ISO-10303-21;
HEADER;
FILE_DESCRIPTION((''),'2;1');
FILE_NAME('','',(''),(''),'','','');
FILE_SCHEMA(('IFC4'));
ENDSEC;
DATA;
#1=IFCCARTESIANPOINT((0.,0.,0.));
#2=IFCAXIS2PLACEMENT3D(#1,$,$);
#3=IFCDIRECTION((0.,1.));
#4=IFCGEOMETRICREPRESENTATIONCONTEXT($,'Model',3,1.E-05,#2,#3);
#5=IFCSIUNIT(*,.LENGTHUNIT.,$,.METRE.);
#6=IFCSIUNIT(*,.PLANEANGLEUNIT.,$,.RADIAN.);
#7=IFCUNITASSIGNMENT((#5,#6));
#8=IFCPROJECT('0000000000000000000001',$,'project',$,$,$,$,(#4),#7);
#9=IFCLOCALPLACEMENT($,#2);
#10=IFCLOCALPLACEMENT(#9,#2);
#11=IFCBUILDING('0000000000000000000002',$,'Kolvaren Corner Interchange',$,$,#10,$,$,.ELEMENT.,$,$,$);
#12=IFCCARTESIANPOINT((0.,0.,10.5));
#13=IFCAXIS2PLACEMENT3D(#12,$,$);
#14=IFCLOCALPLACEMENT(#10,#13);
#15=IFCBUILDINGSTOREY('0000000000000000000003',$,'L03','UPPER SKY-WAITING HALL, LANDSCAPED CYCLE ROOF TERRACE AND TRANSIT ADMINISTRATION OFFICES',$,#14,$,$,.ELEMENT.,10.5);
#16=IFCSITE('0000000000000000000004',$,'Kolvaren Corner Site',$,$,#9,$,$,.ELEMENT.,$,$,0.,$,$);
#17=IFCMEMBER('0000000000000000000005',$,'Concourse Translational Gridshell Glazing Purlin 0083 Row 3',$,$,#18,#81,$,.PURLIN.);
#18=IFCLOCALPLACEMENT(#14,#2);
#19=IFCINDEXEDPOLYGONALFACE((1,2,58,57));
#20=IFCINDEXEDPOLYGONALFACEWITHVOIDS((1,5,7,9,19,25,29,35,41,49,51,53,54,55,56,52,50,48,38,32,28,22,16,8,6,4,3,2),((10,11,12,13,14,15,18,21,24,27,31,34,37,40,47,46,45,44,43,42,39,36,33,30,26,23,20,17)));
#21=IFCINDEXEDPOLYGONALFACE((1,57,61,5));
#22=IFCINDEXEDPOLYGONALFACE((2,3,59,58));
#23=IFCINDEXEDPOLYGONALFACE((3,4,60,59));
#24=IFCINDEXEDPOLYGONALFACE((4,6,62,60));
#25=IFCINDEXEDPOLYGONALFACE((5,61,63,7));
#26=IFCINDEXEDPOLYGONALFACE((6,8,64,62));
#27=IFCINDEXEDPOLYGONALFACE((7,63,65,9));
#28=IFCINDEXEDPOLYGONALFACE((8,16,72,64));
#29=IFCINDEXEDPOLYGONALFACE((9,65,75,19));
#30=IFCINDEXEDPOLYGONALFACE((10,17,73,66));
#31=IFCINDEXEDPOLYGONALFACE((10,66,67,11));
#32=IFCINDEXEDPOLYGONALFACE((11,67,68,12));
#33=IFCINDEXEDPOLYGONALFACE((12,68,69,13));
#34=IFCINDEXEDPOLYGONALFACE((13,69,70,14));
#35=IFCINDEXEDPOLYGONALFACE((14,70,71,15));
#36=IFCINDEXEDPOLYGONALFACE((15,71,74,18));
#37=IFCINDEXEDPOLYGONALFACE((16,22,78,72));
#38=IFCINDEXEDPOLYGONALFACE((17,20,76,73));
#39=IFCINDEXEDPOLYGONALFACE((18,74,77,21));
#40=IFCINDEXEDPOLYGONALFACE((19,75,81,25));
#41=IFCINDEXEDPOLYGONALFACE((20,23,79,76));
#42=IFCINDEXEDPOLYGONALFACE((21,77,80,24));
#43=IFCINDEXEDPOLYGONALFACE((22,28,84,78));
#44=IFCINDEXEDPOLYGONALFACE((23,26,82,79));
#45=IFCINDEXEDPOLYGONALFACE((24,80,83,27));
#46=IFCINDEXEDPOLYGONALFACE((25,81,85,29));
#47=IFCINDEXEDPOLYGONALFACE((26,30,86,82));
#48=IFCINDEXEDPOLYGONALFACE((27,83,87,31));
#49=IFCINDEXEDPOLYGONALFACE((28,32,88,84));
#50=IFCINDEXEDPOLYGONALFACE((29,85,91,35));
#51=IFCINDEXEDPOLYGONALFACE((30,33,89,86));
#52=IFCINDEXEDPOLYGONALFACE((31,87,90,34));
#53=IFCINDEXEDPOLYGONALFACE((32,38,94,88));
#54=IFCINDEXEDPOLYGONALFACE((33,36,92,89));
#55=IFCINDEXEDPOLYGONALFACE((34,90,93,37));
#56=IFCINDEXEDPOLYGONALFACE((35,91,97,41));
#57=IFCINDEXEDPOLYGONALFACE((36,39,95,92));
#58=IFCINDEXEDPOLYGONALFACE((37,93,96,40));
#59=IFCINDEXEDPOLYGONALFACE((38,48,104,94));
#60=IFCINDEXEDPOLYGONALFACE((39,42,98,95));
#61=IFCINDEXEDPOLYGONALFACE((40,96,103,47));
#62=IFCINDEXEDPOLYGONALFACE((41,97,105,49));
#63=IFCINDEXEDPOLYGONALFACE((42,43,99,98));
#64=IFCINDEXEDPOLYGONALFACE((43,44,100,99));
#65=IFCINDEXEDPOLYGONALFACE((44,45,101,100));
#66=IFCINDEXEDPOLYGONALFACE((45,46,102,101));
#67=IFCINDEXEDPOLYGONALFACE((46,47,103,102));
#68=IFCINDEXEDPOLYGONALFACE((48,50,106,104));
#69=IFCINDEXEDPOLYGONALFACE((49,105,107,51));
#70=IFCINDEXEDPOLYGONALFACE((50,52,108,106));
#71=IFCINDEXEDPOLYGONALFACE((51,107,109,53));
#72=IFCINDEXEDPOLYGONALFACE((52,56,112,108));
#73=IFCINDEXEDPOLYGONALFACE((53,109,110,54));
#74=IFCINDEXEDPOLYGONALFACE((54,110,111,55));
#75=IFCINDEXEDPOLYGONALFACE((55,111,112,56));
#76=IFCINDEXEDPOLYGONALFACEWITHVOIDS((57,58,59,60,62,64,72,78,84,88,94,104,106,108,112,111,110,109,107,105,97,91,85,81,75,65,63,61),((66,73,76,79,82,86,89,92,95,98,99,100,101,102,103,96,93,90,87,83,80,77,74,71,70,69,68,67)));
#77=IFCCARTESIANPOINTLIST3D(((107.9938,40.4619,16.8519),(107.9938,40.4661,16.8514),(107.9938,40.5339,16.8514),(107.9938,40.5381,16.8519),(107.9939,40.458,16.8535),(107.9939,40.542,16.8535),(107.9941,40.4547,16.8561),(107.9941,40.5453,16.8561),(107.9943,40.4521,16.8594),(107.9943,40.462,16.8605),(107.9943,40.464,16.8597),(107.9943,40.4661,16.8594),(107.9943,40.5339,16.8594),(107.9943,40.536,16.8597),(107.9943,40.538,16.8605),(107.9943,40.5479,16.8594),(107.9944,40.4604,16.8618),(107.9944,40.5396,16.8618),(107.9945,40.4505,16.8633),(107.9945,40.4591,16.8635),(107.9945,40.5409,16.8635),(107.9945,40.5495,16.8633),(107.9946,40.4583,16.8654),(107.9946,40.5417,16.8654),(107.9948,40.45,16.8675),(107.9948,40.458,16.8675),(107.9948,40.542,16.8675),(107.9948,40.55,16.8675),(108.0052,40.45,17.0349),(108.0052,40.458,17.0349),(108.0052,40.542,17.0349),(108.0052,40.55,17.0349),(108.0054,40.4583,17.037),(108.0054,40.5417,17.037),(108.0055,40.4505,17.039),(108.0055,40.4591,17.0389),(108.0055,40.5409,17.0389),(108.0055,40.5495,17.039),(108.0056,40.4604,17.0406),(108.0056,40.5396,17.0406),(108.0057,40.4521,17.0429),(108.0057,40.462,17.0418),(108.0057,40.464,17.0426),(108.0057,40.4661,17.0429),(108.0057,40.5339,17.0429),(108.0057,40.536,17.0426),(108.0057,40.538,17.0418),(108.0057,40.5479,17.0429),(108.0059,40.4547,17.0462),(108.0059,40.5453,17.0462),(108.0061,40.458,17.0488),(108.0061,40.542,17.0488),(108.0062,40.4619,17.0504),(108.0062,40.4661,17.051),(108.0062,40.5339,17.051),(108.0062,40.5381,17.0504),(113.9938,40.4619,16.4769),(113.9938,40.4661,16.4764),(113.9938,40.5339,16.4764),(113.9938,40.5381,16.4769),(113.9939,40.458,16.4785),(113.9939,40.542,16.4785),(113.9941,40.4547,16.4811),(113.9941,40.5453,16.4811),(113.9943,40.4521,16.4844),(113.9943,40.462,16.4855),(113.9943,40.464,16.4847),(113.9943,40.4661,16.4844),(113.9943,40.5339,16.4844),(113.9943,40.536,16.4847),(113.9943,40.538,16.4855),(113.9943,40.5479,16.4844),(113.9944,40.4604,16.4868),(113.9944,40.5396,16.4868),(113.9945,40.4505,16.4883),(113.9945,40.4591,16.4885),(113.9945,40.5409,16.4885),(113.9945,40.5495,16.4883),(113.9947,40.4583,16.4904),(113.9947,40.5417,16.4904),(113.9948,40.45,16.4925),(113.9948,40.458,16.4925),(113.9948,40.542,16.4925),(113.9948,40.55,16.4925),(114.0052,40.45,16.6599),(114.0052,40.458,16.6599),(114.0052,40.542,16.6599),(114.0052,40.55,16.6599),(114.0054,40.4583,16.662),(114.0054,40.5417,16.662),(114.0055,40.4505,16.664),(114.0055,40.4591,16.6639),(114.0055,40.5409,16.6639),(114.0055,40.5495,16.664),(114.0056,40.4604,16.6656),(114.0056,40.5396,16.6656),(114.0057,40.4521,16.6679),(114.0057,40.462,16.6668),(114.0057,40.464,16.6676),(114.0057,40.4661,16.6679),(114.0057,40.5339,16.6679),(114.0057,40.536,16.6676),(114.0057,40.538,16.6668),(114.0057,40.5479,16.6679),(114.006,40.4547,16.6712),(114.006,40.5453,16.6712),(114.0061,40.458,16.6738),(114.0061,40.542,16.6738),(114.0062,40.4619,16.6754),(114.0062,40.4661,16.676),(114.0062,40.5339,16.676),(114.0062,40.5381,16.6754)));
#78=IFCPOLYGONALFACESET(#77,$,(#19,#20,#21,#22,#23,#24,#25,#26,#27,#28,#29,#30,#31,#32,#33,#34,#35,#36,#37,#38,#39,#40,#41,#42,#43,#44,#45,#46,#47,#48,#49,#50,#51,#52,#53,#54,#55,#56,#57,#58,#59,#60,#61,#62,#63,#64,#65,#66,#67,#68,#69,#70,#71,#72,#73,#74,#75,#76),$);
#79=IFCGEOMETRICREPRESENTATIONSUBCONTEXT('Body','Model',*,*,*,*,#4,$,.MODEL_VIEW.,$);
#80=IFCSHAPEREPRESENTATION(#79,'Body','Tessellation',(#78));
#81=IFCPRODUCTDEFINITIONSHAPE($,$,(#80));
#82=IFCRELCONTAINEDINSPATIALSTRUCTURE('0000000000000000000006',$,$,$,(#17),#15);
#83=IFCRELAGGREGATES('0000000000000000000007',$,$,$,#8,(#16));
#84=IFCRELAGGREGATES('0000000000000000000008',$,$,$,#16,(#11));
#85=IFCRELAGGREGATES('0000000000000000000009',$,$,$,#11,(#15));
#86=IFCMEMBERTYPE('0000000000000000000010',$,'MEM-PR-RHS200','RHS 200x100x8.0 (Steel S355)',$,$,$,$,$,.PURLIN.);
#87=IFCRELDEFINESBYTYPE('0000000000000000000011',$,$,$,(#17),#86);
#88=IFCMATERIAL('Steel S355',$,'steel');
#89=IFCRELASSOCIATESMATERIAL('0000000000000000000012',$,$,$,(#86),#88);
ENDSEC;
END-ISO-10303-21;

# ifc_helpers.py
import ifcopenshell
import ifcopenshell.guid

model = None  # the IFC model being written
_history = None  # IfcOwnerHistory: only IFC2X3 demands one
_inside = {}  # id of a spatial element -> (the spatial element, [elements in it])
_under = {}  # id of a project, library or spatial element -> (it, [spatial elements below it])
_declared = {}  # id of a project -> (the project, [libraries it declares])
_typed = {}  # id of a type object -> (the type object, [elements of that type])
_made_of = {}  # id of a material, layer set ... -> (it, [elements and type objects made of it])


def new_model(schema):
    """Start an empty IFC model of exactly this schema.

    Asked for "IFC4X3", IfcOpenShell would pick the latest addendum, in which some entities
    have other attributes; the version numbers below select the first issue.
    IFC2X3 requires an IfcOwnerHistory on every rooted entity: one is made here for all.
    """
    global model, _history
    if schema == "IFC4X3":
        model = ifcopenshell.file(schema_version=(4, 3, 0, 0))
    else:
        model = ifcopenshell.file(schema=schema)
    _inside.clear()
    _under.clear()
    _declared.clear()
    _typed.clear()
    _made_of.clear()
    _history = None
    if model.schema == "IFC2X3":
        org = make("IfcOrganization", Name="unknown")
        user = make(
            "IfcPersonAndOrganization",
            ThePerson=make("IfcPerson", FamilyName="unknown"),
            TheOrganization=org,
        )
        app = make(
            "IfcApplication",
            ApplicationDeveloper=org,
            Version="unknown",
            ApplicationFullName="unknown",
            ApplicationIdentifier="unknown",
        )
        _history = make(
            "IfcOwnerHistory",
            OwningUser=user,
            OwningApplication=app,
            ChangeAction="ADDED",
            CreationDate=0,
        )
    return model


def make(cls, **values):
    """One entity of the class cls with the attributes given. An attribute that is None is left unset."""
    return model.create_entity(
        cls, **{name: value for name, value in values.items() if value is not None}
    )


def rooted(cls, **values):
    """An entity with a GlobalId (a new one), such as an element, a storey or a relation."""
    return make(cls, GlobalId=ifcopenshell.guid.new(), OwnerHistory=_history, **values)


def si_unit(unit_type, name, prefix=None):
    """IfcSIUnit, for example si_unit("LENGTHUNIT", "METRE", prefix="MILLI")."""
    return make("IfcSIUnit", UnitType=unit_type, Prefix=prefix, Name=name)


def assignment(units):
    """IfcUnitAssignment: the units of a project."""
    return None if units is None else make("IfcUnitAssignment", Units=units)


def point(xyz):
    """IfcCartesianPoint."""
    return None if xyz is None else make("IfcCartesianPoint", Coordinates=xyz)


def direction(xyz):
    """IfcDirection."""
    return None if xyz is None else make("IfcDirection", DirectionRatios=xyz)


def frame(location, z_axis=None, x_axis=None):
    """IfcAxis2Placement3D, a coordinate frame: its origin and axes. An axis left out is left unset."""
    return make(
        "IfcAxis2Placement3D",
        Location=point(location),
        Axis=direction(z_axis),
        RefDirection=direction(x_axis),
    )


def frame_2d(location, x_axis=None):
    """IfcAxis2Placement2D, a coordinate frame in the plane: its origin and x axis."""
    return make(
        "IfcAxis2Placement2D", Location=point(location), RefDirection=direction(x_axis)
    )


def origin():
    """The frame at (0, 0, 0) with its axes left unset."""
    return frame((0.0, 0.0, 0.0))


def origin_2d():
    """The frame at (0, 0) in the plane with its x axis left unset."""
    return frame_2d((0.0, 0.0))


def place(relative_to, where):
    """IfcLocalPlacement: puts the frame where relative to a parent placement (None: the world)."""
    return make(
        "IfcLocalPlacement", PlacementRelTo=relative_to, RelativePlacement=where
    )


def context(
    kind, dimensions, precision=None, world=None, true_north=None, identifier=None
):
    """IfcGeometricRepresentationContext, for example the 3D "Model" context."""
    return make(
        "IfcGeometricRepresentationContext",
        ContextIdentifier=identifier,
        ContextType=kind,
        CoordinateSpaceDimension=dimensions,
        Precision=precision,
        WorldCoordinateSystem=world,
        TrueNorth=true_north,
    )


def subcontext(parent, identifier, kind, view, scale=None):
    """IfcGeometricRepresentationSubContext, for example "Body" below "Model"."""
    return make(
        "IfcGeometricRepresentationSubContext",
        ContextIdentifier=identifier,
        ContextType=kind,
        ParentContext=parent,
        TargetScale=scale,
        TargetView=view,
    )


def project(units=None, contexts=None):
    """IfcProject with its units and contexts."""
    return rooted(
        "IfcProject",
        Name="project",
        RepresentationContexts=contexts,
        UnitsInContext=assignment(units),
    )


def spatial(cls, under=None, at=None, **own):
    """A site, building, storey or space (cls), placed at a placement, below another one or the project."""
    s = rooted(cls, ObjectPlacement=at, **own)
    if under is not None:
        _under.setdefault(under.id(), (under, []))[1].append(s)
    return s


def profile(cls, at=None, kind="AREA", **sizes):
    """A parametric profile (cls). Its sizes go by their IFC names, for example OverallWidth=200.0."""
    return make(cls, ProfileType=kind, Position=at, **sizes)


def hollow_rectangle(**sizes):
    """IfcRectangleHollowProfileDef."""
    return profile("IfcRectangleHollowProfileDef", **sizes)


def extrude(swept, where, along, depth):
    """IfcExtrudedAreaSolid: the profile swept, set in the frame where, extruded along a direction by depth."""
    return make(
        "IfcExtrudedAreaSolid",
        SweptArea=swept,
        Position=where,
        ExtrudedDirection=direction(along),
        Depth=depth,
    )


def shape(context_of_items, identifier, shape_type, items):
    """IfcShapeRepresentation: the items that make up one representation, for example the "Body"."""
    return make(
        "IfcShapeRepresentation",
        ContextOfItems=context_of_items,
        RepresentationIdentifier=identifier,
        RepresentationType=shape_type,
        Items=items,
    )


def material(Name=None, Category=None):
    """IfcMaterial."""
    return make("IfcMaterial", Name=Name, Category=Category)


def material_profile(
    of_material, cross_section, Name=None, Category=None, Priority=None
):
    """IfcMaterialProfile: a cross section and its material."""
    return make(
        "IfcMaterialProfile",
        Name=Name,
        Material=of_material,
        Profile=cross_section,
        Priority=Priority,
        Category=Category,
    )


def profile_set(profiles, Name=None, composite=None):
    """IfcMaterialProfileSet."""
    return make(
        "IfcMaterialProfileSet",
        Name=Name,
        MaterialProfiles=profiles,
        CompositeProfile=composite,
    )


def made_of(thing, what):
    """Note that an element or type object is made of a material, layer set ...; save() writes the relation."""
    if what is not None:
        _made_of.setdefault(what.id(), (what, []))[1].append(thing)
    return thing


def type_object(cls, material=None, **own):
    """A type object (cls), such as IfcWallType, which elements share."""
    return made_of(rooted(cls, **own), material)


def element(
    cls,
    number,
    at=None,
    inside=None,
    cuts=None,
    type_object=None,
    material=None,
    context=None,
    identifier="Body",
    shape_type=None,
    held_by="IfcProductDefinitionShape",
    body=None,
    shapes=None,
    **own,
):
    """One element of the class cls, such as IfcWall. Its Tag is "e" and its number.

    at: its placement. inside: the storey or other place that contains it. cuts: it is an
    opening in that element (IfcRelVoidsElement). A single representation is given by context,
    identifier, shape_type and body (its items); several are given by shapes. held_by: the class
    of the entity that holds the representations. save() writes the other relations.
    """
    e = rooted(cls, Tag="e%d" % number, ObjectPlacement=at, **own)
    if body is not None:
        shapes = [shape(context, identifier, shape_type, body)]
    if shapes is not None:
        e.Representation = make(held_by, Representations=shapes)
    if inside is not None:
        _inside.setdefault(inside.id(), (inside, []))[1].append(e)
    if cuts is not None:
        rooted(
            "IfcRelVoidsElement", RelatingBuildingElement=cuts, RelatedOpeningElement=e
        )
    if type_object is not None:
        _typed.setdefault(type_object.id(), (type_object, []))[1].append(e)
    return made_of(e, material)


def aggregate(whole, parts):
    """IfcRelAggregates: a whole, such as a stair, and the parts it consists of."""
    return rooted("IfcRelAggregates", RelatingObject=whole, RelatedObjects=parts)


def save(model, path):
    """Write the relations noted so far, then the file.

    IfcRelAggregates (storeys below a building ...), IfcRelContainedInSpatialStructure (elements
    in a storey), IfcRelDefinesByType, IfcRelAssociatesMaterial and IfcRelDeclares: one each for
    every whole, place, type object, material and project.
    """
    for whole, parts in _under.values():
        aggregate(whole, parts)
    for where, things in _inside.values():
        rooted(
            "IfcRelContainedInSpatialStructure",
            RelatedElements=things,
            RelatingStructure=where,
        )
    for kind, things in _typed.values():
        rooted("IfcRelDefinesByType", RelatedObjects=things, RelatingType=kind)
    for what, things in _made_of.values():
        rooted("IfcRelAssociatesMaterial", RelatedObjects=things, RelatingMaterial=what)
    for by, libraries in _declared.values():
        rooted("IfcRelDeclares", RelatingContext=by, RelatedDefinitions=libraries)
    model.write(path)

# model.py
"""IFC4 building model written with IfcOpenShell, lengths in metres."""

from ifc_helpers import new_model, si_unit, direction, frame, origin, origin_2d, place, context, subcontext, project, spatial, hollow_rectangle, extrude, material, material_profile, profile_set, type_object, element, save


model = new_model("IFC4")

# Units and contexts
model_context = context("Model", 3, precision=1e-05, world=origin(), true_north=direction((0.0, 1.0)))
body_context = subcontext(model_context, "Body", "Model", "MODEL_VIEW")
ifc_project = project(units=[si_unit("LENGTHUNIT", "METRE"), si_unit("PLANEANGLEUNIT", "RADIAN")], contexts=[model_context])

# Site, building, storey
site_placement = place(None, origin())
site = spatial("IfcSite", under=ifc_project, at=site_placement, Name="Kolvaren Corner Site", CompositionType="ELEMENT", RefElevation=0.0)
building_placement = place(site_placement, origin())
building = spatial("IfcBuilding", under=site, at=building_placement, Name="Kolvaren Corner Interchange", CompositionType="ELEMENT")
storey_placement = place(building_placement, frame((0.0, 0.0, 10.5)))
storey = spatial("IfcBuildingStorey", under=building, at=storey_placement, Name="L03", Description="UPPER SKY-WAITING HALL, LANDSCAPED CYCLE ROOF TERRACE AND TRANSIT ADMINISTRATION OFFICES", CompositionType="ELEMENT", Elevation=10.5)

# Member
ifc_material_1 = material(Name="Steel S355", Category="steel")
ifc_material_profile_1 = material_profile(ifc_material_1, hollow_rectangle(XDim=0.1001, YDim=0.2, WallThickness=0.0081, InnerFilletRadius=0.0081, OuterFilletRadius=0.0161, at=origin_2d()), Name="RHS 200x100x8.0")
ifc_profile_set_1 = profile_set([ifc_material_profile_1], Name="Steel S355")
member_type_1 = type_object("IfcMemberType", Name="MEM-PR-RHS200", Description="RHS 200x100x8.0 (Steel S355)", PredefinedType="PURLIN", material=ifc_profile_set_1)
for number, where, z_axis, x_axis, name in (
    (1, (108.0, 40.5, 16.9512), (0.998053, 0.0, -0.062378), (0.0, 1.0, 0.0), "Concourse Translational Gridshell Glazing Purlin 0083 Row 3"),
):
    element("IfcMember", number, at=place(storey_placement, frame(where, z_axis=z_axis, x_axis=x_axis)), inside=storey, type_object=member_type_1, Name=name, PredefinedType="PURLIN", context=body_context, shape_type="SweptSolid", body=[
        extrude(hollow_rectangle(XDim=0.1001, YDim=0.2, WallThickness=0.0081, InnerFilletRadius=0.0081, OuterFilletRadius=0.0161, at=origin_2d()), origin(), (0.0, 0.0, 1.0), 6.0117),
    ])

save(model, "model.ifc")
